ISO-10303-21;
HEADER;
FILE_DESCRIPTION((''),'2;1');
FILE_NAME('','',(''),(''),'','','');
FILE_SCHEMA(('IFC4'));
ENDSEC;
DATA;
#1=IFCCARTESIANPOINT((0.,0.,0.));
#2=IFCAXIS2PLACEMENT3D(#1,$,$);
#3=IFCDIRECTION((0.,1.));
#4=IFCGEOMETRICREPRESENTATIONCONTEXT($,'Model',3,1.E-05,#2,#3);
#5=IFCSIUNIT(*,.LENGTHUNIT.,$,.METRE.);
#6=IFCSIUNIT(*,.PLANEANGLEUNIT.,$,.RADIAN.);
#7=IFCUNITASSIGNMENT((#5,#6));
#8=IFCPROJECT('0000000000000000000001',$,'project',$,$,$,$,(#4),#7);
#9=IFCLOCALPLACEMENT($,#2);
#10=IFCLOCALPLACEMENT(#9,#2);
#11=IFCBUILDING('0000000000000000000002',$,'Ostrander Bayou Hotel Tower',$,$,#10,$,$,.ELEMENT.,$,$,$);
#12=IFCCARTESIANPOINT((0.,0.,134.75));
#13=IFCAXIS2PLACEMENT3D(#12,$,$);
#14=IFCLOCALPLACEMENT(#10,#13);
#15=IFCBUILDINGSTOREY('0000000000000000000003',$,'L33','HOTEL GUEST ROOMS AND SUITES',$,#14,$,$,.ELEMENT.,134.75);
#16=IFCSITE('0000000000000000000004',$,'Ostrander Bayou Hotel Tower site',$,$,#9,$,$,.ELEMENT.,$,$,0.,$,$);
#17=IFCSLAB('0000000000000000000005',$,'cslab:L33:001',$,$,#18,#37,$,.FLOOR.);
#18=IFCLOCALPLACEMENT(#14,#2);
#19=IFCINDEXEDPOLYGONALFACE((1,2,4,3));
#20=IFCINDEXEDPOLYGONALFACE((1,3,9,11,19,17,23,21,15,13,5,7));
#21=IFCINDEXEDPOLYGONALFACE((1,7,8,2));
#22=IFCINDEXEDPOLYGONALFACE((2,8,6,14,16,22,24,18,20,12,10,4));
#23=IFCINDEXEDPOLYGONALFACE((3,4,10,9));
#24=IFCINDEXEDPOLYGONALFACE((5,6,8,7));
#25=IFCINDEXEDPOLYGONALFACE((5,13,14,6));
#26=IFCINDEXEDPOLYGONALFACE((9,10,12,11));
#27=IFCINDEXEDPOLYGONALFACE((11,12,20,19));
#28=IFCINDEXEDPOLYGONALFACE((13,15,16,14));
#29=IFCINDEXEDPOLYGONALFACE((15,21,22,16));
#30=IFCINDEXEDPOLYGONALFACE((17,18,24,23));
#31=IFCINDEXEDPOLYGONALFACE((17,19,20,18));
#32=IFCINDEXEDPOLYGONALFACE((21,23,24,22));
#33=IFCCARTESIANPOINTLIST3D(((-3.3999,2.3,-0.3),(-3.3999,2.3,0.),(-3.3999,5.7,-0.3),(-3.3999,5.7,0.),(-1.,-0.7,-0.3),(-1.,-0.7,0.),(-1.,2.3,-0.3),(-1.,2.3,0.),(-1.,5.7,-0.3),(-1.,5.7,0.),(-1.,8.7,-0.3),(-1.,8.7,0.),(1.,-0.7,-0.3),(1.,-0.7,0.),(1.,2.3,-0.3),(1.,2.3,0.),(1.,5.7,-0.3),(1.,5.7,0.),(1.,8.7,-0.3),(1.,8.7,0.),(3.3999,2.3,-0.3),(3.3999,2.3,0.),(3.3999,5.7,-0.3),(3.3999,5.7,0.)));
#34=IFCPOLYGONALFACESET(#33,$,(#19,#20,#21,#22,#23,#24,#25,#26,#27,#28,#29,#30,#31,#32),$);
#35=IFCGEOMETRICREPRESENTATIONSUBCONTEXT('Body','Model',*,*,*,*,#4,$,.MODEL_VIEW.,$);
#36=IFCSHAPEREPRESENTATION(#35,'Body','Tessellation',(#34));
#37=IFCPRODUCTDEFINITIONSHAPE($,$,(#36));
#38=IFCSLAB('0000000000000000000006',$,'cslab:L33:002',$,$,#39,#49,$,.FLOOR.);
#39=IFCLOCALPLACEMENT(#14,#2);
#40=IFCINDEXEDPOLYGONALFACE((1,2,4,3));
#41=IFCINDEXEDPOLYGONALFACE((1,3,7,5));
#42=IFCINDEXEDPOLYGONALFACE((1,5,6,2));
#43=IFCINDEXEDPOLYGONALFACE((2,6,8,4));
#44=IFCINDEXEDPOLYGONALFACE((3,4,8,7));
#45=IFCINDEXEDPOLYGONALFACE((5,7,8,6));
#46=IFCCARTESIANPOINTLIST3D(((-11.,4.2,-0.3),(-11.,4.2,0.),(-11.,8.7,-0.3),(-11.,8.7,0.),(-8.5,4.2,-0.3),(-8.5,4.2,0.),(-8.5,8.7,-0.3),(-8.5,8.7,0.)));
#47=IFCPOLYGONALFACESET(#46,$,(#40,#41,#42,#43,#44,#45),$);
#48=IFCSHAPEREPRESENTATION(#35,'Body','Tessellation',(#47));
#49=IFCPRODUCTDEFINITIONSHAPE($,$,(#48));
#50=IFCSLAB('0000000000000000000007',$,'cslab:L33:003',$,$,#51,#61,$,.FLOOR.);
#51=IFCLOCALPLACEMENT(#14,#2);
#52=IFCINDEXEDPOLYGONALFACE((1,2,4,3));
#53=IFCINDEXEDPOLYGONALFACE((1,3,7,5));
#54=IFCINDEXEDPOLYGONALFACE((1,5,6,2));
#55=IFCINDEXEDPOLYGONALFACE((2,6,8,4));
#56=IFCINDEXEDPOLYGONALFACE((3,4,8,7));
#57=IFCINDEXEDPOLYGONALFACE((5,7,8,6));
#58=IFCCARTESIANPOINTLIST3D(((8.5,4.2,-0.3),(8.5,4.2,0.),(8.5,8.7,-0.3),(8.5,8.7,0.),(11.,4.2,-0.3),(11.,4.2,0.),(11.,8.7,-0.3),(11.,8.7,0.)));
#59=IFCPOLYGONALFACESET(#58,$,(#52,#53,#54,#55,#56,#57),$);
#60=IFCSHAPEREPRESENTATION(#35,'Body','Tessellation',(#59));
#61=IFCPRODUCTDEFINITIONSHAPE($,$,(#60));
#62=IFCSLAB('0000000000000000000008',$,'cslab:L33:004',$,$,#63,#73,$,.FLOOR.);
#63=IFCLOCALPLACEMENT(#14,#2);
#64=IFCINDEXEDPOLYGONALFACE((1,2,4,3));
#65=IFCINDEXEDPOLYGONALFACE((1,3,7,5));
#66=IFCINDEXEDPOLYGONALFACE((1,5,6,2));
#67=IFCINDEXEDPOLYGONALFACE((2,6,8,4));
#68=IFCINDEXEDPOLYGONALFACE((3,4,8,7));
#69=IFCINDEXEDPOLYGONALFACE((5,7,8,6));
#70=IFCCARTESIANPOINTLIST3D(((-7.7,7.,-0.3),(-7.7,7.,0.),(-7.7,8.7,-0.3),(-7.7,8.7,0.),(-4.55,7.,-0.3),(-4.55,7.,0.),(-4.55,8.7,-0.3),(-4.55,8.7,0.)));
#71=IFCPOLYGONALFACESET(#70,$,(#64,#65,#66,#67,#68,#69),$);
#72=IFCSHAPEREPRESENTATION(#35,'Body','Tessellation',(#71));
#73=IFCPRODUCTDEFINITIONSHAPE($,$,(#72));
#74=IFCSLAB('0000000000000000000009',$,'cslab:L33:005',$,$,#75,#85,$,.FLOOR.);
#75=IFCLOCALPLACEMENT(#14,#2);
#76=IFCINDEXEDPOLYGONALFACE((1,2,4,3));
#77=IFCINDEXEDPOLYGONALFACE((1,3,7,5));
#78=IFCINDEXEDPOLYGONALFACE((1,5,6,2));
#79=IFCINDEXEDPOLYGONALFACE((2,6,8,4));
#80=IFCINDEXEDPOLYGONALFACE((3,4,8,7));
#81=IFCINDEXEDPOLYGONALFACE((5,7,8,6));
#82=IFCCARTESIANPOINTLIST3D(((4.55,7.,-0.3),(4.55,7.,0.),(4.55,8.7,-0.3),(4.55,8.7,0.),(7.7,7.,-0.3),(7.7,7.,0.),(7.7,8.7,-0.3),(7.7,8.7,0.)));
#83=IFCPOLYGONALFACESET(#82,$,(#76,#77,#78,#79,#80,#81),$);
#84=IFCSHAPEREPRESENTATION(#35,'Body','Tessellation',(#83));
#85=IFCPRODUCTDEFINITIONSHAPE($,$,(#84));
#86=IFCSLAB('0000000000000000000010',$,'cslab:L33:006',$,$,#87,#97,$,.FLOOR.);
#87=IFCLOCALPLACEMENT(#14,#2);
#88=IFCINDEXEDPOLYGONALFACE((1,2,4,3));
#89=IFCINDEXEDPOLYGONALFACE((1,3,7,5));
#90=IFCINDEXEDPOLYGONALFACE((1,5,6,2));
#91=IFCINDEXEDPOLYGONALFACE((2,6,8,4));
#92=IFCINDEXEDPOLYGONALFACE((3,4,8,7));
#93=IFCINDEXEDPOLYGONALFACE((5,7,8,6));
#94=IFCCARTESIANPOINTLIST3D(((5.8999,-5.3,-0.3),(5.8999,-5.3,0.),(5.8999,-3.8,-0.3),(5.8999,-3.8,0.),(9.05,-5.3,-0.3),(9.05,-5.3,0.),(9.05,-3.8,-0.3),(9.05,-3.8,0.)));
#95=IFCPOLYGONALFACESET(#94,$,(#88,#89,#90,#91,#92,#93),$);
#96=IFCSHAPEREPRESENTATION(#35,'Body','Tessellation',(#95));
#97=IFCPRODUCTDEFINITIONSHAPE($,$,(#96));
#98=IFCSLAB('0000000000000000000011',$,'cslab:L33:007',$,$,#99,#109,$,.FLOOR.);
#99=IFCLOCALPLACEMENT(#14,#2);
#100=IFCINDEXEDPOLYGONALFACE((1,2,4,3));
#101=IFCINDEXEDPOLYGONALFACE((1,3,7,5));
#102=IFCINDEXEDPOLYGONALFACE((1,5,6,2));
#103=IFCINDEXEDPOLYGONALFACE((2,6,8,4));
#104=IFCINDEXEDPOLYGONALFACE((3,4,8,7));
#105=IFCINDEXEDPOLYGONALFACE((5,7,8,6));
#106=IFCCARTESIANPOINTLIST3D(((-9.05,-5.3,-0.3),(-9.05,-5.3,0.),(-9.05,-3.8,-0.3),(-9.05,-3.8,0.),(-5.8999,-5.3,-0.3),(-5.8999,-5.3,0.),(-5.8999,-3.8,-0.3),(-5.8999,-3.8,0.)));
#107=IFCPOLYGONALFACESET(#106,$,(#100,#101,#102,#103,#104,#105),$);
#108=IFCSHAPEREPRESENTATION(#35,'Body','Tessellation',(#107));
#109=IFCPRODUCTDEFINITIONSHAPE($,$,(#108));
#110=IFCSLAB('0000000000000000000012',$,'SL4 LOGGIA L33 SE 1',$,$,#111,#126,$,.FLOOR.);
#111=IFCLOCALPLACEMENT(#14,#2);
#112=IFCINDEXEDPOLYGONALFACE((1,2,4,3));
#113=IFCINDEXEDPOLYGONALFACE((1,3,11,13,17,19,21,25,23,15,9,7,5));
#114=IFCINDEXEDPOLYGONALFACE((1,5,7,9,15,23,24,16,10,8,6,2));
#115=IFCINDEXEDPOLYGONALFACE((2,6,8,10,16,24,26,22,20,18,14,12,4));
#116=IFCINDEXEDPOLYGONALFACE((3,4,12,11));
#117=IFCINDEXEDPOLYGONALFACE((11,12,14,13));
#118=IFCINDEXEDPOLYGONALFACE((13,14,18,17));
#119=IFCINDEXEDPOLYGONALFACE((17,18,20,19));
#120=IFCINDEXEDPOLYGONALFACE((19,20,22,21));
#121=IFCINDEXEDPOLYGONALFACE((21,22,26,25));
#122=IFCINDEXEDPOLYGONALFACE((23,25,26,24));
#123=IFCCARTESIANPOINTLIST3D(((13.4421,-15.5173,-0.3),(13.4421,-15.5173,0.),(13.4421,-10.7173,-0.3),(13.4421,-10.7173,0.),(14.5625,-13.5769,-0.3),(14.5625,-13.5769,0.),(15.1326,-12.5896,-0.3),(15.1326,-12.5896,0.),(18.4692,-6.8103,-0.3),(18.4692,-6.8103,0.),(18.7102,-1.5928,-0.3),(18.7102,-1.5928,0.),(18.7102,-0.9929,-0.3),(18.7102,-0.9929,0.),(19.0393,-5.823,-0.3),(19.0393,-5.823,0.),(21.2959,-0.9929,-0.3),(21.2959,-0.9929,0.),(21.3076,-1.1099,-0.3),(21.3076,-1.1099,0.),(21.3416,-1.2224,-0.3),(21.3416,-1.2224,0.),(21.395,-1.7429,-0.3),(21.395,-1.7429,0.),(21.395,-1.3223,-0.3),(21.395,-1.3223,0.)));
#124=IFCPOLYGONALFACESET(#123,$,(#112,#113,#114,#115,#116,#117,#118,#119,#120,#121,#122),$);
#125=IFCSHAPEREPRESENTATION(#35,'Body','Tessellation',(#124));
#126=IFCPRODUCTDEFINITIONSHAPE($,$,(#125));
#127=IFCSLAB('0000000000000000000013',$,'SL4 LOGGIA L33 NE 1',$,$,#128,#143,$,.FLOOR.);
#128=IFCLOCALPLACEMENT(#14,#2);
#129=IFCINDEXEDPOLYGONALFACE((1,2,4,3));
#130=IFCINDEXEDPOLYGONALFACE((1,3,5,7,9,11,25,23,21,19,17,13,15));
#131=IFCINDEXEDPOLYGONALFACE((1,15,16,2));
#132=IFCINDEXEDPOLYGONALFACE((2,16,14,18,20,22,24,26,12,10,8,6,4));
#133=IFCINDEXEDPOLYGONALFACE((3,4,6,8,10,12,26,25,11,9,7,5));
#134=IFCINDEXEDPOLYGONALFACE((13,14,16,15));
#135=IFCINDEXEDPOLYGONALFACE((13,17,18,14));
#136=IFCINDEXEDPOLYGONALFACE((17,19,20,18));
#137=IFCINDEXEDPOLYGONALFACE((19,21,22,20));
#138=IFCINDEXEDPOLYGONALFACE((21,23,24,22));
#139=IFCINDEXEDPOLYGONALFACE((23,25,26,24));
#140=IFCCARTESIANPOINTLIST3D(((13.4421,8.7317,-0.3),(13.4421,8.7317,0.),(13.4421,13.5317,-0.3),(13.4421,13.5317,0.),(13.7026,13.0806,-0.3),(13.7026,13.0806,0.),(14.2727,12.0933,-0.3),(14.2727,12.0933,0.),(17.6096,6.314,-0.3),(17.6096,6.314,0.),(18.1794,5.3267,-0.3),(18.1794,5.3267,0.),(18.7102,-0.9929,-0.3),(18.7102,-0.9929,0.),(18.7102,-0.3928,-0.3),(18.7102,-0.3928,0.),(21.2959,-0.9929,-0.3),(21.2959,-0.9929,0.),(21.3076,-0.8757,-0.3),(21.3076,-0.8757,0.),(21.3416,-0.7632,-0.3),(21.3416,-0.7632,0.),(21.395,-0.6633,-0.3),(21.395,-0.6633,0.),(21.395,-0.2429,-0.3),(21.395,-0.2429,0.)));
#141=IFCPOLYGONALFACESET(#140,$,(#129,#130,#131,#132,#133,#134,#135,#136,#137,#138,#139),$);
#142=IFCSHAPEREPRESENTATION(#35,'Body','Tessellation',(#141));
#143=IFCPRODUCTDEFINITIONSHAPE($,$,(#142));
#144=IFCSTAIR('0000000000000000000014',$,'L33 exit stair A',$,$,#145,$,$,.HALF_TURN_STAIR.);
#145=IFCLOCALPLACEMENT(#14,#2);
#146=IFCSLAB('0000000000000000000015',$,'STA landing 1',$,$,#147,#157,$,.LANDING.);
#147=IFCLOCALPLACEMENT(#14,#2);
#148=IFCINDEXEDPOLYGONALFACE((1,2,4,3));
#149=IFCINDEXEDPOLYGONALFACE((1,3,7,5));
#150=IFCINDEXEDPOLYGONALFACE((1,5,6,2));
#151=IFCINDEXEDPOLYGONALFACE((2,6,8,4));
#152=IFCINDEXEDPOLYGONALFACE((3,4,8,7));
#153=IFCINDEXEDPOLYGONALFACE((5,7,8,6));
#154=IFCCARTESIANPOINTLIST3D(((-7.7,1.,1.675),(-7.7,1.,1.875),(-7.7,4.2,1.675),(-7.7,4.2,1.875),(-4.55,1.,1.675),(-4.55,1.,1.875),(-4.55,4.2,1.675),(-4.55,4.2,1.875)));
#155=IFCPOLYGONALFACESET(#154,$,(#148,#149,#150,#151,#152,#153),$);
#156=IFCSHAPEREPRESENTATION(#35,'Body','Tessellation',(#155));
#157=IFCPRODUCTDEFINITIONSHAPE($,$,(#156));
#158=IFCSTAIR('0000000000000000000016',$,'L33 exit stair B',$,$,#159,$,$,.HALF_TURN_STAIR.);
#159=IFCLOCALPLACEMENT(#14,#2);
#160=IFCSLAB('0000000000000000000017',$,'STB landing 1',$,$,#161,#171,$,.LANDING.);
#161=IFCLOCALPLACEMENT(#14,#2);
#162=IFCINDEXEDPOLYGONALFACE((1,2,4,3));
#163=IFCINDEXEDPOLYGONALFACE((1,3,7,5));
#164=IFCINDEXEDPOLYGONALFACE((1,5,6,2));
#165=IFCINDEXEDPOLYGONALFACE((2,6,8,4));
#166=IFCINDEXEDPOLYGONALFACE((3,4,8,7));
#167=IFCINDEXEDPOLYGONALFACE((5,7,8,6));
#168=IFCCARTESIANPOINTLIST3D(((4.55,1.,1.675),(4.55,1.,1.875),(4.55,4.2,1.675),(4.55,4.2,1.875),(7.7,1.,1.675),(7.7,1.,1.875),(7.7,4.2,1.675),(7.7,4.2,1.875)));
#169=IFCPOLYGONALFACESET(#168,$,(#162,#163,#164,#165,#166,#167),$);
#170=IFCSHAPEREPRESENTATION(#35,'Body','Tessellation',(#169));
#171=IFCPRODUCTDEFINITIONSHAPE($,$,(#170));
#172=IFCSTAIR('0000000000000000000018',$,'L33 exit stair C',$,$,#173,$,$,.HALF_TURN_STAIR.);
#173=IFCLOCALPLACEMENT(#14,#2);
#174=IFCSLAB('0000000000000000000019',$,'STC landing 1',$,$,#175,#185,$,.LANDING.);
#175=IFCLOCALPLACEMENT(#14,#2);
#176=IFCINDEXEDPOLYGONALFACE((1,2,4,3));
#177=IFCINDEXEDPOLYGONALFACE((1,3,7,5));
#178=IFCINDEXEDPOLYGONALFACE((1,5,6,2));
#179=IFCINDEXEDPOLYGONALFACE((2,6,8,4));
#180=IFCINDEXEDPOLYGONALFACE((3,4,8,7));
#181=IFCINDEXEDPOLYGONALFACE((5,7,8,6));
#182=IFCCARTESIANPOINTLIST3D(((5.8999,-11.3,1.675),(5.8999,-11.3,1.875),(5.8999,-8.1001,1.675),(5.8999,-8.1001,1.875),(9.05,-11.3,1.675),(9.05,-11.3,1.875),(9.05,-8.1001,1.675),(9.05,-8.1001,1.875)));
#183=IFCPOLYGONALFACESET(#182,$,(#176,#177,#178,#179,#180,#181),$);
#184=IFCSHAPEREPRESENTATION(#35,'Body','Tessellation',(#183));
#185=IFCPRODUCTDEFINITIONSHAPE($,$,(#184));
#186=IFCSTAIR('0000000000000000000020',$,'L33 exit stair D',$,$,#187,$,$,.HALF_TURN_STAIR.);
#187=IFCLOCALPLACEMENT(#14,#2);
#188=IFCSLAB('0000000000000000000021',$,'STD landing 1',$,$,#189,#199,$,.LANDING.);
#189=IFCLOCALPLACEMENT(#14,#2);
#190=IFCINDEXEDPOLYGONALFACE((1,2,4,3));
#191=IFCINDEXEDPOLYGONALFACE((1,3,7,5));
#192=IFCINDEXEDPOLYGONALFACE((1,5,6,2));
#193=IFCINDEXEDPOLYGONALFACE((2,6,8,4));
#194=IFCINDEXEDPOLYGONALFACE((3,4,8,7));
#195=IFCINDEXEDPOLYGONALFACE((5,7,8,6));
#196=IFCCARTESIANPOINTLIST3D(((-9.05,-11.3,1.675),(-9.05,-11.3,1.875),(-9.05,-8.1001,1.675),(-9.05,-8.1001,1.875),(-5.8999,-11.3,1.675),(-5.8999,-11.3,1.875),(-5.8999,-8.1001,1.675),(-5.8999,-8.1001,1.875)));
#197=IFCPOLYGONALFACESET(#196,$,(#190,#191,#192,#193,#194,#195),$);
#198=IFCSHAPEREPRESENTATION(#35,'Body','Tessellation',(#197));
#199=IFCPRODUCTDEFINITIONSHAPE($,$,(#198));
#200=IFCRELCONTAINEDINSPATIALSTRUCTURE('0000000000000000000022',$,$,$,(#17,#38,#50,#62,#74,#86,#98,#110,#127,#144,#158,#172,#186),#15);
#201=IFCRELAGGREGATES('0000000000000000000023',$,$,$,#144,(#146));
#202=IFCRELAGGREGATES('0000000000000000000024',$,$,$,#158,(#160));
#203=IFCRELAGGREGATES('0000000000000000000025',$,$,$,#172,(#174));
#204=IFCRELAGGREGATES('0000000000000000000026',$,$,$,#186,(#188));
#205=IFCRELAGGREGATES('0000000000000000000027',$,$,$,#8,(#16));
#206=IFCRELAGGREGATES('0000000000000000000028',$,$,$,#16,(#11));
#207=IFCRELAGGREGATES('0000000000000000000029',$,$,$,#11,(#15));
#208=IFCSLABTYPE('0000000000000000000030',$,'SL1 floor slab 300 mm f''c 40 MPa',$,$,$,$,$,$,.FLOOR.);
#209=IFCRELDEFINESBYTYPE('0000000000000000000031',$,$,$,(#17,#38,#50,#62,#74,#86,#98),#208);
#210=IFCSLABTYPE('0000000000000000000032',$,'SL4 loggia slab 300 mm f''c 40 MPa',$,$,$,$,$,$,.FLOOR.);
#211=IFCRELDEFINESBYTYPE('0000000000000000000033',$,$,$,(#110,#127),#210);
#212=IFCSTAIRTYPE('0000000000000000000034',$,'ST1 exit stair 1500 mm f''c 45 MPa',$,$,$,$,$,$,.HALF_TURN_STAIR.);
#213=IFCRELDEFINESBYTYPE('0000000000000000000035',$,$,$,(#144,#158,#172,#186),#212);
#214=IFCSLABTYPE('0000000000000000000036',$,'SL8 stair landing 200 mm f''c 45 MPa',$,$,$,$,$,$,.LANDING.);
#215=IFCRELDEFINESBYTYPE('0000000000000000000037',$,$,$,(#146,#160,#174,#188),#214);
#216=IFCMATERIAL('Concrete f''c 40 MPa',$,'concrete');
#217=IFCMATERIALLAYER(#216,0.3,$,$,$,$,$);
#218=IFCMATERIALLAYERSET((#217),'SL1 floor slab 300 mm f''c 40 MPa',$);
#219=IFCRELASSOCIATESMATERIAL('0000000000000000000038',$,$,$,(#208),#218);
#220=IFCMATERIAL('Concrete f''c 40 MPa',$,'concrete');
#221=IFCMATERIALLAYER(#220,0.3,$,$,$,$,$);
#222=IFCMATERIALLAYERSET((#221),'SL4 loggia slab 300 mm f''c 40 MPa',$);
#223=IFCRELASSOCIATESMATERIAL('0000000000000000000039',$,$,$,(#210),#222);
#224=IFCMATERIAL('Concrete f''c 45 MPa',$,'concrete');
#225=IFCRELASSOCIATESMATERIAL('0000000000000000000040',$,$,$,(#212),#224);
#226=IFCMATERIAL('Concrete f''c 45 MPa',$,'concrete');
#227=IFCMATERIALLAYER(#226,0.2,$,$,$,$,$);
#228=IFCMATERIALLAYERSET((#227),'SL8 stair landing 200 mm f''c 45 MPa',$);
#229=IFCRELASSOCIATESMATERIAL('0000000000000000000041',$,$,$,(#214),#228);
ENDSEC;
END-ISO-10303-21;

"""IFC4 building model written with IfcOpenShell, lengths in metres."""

from ifc_helpers import new_model, si_unit, direction, frame, origin, place, context, subcontext, project, spatial, polyline, outline, extrude, material, layer, layer_set, type_object, element, aggregate, save


model = new_model("IFC4")

# Units and contexts
model_context = context("Model", 3, precision=1e-05, world=origin(), true_north=direction((0.0, 1.0)))
body_context = subcontext(model_context, "Body", "Model", "MODEL_VIEW")
ifc_project = project(units=[si_unit("LENGTHUNIT", "METRE"), si_unit("PLANEANGLEUNIT", "RADIAN")], contexts=[model_context])

# Site, building, storey
site_placement = place(None, origin())
site = spatial("IfcSite", under=ifc_project, at=site_placement, Name="Ostrander Bayou Hotel Tower site", CompositionType="ELEMENT", RefElevation=0.0)
building_placement = place(site_placement, origin())
building = spatial("IfcBuilding", under=site, at=building_placement, Name="Ostrander Bayou Hotel Tower", CompositionType="ELEMENT")
storey_placement = place(building_placement, frame((0.0, 0.0, 134.75)))
storey = spatial("IfcBuildingStorey", under=building, at=storey_placement, Name="L33", Description="HOTEL GUEST ROOMS AND SUITES", CompositionType="ELEMENT", Elevation=134.75)

# Slabs
ifc_material_1 = material(Name="Concrete f'c 40 MPa", Category="concrete")
ifc_layer_1 = layer(ifc_material_1, 0.3)
ifc_layer_set_1 = layer_set([ifc_layer_1], Name="SL1 floor slab 300 mm f'c 40 MPa")
slab_type_1 = type_object("IfcSlabType", Name="SL1 floor slab 300 mm f'c 40 MPa", PredefinedType="FLOOR", material=ifc_layer_set_1)
slab_1_placement = place(storey_placement, frame((0.0, 0.0, -0.3)))
element("IfcSlab", 1, at=slab_1_placement, inside=storey, type_object=slab_type_1, Name="cslab:L33:001", PredefinedType="FLOOR", context=body_context, shape_type="SweptSolid", body=[
    extrude(outline(polyline([(-3.3999, 5.7), (-1.0, 5.7), (-1.0, 8.7), (1.0, 8.7), (1.0, 5.7), (3.3999, 5.7), (3.3999, 2.3), (1.0, 2.3), (1.0, -0.7), (-1.0, -0.7), (-1.0, 2.3), (-3.3999, 2.3), (-3.3999, 5.7)])), origin(), (0.0, 0.0, 1.0), 0.3),
])
slab_2_placement = place(storey_placement, frame((0.0, 0.0, -0.3)))
element("IfcSlab", 2, at=slab_2_placement, inside=storey, type_object=slab_type_1, Name="cslab:L33:002", PredefinedType="FLOOR", context=body_context, shape_type="SweptSolid", body=[
    extrude(outline(polyline([(-8.5, 4.2), (-8.5, 8.7), (-11.0, 8.7), (-11.0, 4.2), (-8.5, 4.2)])), origin(), (0.0, 0.0, 1.0), 0.3),
])
slab_3_placement = place(storey_placement, frame((0.0, 0.0, -0.3)))
element("IfcSlab", 3, at=slab_3_placement, inside=storey, type_object=slab_type_1, Name="cslab:L33:003", PredefinedType="FLOOR", context=body_context, shape_type="SweptSolid", body=[
    extrude(outline(polyline([(11.0, 4.2), (11.0, 8.7), (8.5, 8.7), (8.5, 4.2), (11.0, 4.2)])), origin(), (0.0, 0.0, 1.0), 0.3),
])
slab_4_placement = place(storey_placement, frame((0.0, 0.0, -0.3)))
element("IfcSlab", 4, at=slab_4_placement, inside=storey, type_object=slab_type_1, Name="cslab:L33:004", PredefinedType="FLOOR", context=body_context, shape_type="SweptSolid", body=[
    extrude(outline(polyline([(-4.55, 7.0), (-4.55, 8.7), (-7.7, 8.7), (-7.7, 7.0), (-4.55, 7.0)])), origin(), (0.0, 0.0, 1.0), 0.3),
])
slab_5_placement = place(storey_placement, frame((0.0, 0.0, -0.3)))
element("IfcSlab", 5, at=slab_5_placement, inside=storey, type_object=slab_type_1, Name="cslab:L33:005", PredefinedType="FLOOR", context=body_context, shape_type="SweptSolid", body=[
    extrude(outline(polyline([(7.7, 7.0), (7.7, 8.7), (4.55, 8.7), (4.55, 7.0), (7.7, 7.0)])), origin(), (0.0, 0.0, 1.0), 0.3),
])
slab_6_placement = place(storey_placement, frame((0.0, 0.0, -0.3)))
element("IfcSlab", 6, at=slab_6_placement, inside=storey, type_object=slab_type_1, Name="cslab:L33:006", PredefinedType="FLOOR", context=body_context, shape_type="SweptSolid", body=[
    extrude(outline(polyline([(9.05, -5.3), (9.05, -3.8), (5.8999, -3.8), (5.8999, -5.3), (9.05, -5.3)])), origin(), (0.0, 0.0, 1.0), 0.3),
])
slab_7_placement = place(storey_placement, frame((0.0, 0.0, -0.3)))
element("IfcSlab", 7, at=slab_7_placement, inside=storey, type_object=slab_type_1, Name="cslab:L33:007", PredefinedType="FLOOR", context=body_context, shape_type="SweptSolid", body=[
    extrude(outline(polyline([(-5.8999, -5.3), (-5.8999, -3.8), (-9.05, -3.8), (-9.05, -5.3), (-5.8999, -5.3)])), origin(), (0.0, 0.0, 1.0), 0.3),
])
ifc_material_2 = material(Name="Concrete f'c 40 MPa", Category="concrete")
ifc_layer_2 = layer(ifc_material_2, 0.3)
ifc_layer_set_2 = layer_set([ifc_layer_2], Name="SL4 loggia slab 300 mm f'c 40 MPa")
slab_type_2 = type_object("IfcSlabType", Name="SL4 loggia slab 300 mm f'c 40 MPa", PredefinedType="FLOOR", material=ifc_layer_set_2)
slab_8_placement = place(storey_placement, frame((0.0, 0.0, -0.3)))
element("IfcSlab", 8, at=slab_8_placement, inside=storey, type_object=slab_type_2, Name="SL4 LOGGIA L33 SE 1", PredefinedType="FLOOR", context=body_context, shape_type="SweptSolid", body=[
    extrude(outline(polyline([(15.1326, -12.5896), (14.5625, -13.5769), (13.4421, -15.5173), (13.4421, -10.7173), (18.7102, -1.5928), (18.7102, -0.9929), (21.2959, -0.9929), (21.3076, -1.1099), (21.3416, -1.2224), (21.395, -1.3223), (21.395, -1.7429), (19.0393, -5.823), (18.4692, -6.8103), (15.1326, -12.5896)])), origin(), (0.0, 0.0, 1.0), 0.3),
])
slab_9_placement = place(storey_placement, frame((0.0, 0.0, -0.3)))
element("IfcSlab", 9, at=slab_9_placement, inside=storey, type_object=slab_type_2, Name="SL4 LOGGIA L33 NE 1", PredefinedType="FLOOR", context=body_context, shape_type="SweptSolid", body=[
    extrude(outline(polyline([(13.4421, 13.5317), (13.7026, 13.0806), (14.2727, 12.0933), (17.6096, 6.314), (18.1794, 5.3267), (21.395, -0.2429), (21.395, -0.6633), (21.3416, -0.7632), (21.3076, -0.8757), (21.2959, -0.9929), (18.7102, -0.9929), (18.7102, -0.3928), (13.4421, 8.7317), (13.4421, 13.5317)])), origin(), (0.0, 0.0, 1.0), 0.3),
])

# Stairs, slabs
ifc_material_3 = material(Name="Concrete f'c 45 MPa", Category="concrete")
stair_type = type_object("IfcStairType", Name="ST1 exit stair 1500 mm f'c 45 MPa", PredefinedType="HALF_TURN_STAIR", material=ifc_material_3)
stair_1_placement = place(storey_placement, origin())
stair_1 = element("IfcStair", 10, at=stair_1_placement, inside=storey, type_object=stair_type, Name="L33 exit stair A", PredefinedType="HALF_TURN_STAIR")
ifc_material_4 = material(Name="Concrete f'c 45 MPa", Category="concrete")
ifc_layer_3 = layer(ifc_material_4, 0.2)
ifc_layer_set_3 = layer_set([ifc_layer_3], Name="SL8 stair landing 200 mm f'c 45 MPa")
slab_type_3 = type_object("IfcSlabType", Name="SL8 stair landing 200 mm f'c 45 MPa", PredefinedType="LANDING", material=ifc_layer_set_3)
slab_10_placement = place(storey_placement, frame((0.0, 0.0, 1.675)))
slab_10 = element("IfcSlab", 11, at=slab_10_placement, type_object=slab_type_3, Name="STA landing 1", PredefinedType="LANDING", context=body_context, shape_type="SweptSolid", body=[
    extrude(outline(polyline([(-7.7, 4.2), (-7.7, 1.0), (-4.55, 1.0), (-4.55, 4.2), (-7.7, 4.2)])), origin(), (0.0, 0.0, 1.0), 0.2),
])
aggregate(stair_1, [slab_10])
stair_2_placement = place(storey_placement, origin())
stair_2 = element("IfcStair", 12, at=stair_2_placement, inside=storey, type_object=stair_type, Name="L33 exit stair B", PredefinedType="HALF_TURN_STAIR")
slab_11_placement = place(storey_placement, frame((0.0, 0.0, 1.675)))
slab_11 = element("IfcSlab", 13, at=slab_11_placement, type_object=slab_type_3, Name="STB landing 1", PredefinedType="LANDING", context=body_context, shape_type="SweptSolid", body=[
    extrude(outline(polyline([(4.55, 4.2), (4.55, 1.0), (7.7, 1.0), (7.7, 4.2), (4.55, 4.2)])), origin(), (0.0, 0.0, 1.0), 0.2),
])
aggregate(stair_2, [slab_11])
stair_3_placement = place(storey_placement, origin())
stair_3 = element("IfcStair", 14, at=stair_3_placement, inside=storey, type_object=stair_type, Name="L33 exit stair C", PredefinedType="HALF_TURN_STAIR")
slab_12_placement = place(storey_placement, frame((0.0, 0.0, 1.675)))
slab_12 = element("IfcSlab", 15, at=slab_12_placement, type_object=slab_type_3, Name="STC landing 1", PredefinedType="LANDING", context=body_context, shape_type="SweptSolid", body=[
    extrude(outline(polyline([(5.8999, -8.1001), (5.8999, -11.3), (9.05, -11.3), (9.05, -8.1001), (5.8999, -8.1001)])), origin(), (0.0, 0.0, 1.0), 0.2),
])
aggregate(stair_3, [slab_12])
stair_4_placement = place(storey_placement, origin())
stair_4 = element("IfcStair", 16, at=stair_4_placement, inside=storey, type_object=stair_type, Name="L33 exit stair D", PredefinedType="HALF_TURN_STAIR")
slab_13_placement = place(storey_placement, frame((0.0, 0.0, 1.675)))
slab_13 = element("IfcSlab", 17, at=slab_13_placement, type_object=slab_type_3, Name="STD landing 1", PredefinedType="LANDING", context=body_context, shape_type="SweptSolid", body=[
    extrude(outline(polyline([(-9.05, -8.1001), (-9.05, -11.3), (-5.8999, -11.3), (-5.8999, -8.1001), (-9.05, -8.1001)])), origin(), (0.0, 0.0, 1.0), 0.2),
])
aggregate(stair_4, [slab_13])

save(model, "model.ifc")
